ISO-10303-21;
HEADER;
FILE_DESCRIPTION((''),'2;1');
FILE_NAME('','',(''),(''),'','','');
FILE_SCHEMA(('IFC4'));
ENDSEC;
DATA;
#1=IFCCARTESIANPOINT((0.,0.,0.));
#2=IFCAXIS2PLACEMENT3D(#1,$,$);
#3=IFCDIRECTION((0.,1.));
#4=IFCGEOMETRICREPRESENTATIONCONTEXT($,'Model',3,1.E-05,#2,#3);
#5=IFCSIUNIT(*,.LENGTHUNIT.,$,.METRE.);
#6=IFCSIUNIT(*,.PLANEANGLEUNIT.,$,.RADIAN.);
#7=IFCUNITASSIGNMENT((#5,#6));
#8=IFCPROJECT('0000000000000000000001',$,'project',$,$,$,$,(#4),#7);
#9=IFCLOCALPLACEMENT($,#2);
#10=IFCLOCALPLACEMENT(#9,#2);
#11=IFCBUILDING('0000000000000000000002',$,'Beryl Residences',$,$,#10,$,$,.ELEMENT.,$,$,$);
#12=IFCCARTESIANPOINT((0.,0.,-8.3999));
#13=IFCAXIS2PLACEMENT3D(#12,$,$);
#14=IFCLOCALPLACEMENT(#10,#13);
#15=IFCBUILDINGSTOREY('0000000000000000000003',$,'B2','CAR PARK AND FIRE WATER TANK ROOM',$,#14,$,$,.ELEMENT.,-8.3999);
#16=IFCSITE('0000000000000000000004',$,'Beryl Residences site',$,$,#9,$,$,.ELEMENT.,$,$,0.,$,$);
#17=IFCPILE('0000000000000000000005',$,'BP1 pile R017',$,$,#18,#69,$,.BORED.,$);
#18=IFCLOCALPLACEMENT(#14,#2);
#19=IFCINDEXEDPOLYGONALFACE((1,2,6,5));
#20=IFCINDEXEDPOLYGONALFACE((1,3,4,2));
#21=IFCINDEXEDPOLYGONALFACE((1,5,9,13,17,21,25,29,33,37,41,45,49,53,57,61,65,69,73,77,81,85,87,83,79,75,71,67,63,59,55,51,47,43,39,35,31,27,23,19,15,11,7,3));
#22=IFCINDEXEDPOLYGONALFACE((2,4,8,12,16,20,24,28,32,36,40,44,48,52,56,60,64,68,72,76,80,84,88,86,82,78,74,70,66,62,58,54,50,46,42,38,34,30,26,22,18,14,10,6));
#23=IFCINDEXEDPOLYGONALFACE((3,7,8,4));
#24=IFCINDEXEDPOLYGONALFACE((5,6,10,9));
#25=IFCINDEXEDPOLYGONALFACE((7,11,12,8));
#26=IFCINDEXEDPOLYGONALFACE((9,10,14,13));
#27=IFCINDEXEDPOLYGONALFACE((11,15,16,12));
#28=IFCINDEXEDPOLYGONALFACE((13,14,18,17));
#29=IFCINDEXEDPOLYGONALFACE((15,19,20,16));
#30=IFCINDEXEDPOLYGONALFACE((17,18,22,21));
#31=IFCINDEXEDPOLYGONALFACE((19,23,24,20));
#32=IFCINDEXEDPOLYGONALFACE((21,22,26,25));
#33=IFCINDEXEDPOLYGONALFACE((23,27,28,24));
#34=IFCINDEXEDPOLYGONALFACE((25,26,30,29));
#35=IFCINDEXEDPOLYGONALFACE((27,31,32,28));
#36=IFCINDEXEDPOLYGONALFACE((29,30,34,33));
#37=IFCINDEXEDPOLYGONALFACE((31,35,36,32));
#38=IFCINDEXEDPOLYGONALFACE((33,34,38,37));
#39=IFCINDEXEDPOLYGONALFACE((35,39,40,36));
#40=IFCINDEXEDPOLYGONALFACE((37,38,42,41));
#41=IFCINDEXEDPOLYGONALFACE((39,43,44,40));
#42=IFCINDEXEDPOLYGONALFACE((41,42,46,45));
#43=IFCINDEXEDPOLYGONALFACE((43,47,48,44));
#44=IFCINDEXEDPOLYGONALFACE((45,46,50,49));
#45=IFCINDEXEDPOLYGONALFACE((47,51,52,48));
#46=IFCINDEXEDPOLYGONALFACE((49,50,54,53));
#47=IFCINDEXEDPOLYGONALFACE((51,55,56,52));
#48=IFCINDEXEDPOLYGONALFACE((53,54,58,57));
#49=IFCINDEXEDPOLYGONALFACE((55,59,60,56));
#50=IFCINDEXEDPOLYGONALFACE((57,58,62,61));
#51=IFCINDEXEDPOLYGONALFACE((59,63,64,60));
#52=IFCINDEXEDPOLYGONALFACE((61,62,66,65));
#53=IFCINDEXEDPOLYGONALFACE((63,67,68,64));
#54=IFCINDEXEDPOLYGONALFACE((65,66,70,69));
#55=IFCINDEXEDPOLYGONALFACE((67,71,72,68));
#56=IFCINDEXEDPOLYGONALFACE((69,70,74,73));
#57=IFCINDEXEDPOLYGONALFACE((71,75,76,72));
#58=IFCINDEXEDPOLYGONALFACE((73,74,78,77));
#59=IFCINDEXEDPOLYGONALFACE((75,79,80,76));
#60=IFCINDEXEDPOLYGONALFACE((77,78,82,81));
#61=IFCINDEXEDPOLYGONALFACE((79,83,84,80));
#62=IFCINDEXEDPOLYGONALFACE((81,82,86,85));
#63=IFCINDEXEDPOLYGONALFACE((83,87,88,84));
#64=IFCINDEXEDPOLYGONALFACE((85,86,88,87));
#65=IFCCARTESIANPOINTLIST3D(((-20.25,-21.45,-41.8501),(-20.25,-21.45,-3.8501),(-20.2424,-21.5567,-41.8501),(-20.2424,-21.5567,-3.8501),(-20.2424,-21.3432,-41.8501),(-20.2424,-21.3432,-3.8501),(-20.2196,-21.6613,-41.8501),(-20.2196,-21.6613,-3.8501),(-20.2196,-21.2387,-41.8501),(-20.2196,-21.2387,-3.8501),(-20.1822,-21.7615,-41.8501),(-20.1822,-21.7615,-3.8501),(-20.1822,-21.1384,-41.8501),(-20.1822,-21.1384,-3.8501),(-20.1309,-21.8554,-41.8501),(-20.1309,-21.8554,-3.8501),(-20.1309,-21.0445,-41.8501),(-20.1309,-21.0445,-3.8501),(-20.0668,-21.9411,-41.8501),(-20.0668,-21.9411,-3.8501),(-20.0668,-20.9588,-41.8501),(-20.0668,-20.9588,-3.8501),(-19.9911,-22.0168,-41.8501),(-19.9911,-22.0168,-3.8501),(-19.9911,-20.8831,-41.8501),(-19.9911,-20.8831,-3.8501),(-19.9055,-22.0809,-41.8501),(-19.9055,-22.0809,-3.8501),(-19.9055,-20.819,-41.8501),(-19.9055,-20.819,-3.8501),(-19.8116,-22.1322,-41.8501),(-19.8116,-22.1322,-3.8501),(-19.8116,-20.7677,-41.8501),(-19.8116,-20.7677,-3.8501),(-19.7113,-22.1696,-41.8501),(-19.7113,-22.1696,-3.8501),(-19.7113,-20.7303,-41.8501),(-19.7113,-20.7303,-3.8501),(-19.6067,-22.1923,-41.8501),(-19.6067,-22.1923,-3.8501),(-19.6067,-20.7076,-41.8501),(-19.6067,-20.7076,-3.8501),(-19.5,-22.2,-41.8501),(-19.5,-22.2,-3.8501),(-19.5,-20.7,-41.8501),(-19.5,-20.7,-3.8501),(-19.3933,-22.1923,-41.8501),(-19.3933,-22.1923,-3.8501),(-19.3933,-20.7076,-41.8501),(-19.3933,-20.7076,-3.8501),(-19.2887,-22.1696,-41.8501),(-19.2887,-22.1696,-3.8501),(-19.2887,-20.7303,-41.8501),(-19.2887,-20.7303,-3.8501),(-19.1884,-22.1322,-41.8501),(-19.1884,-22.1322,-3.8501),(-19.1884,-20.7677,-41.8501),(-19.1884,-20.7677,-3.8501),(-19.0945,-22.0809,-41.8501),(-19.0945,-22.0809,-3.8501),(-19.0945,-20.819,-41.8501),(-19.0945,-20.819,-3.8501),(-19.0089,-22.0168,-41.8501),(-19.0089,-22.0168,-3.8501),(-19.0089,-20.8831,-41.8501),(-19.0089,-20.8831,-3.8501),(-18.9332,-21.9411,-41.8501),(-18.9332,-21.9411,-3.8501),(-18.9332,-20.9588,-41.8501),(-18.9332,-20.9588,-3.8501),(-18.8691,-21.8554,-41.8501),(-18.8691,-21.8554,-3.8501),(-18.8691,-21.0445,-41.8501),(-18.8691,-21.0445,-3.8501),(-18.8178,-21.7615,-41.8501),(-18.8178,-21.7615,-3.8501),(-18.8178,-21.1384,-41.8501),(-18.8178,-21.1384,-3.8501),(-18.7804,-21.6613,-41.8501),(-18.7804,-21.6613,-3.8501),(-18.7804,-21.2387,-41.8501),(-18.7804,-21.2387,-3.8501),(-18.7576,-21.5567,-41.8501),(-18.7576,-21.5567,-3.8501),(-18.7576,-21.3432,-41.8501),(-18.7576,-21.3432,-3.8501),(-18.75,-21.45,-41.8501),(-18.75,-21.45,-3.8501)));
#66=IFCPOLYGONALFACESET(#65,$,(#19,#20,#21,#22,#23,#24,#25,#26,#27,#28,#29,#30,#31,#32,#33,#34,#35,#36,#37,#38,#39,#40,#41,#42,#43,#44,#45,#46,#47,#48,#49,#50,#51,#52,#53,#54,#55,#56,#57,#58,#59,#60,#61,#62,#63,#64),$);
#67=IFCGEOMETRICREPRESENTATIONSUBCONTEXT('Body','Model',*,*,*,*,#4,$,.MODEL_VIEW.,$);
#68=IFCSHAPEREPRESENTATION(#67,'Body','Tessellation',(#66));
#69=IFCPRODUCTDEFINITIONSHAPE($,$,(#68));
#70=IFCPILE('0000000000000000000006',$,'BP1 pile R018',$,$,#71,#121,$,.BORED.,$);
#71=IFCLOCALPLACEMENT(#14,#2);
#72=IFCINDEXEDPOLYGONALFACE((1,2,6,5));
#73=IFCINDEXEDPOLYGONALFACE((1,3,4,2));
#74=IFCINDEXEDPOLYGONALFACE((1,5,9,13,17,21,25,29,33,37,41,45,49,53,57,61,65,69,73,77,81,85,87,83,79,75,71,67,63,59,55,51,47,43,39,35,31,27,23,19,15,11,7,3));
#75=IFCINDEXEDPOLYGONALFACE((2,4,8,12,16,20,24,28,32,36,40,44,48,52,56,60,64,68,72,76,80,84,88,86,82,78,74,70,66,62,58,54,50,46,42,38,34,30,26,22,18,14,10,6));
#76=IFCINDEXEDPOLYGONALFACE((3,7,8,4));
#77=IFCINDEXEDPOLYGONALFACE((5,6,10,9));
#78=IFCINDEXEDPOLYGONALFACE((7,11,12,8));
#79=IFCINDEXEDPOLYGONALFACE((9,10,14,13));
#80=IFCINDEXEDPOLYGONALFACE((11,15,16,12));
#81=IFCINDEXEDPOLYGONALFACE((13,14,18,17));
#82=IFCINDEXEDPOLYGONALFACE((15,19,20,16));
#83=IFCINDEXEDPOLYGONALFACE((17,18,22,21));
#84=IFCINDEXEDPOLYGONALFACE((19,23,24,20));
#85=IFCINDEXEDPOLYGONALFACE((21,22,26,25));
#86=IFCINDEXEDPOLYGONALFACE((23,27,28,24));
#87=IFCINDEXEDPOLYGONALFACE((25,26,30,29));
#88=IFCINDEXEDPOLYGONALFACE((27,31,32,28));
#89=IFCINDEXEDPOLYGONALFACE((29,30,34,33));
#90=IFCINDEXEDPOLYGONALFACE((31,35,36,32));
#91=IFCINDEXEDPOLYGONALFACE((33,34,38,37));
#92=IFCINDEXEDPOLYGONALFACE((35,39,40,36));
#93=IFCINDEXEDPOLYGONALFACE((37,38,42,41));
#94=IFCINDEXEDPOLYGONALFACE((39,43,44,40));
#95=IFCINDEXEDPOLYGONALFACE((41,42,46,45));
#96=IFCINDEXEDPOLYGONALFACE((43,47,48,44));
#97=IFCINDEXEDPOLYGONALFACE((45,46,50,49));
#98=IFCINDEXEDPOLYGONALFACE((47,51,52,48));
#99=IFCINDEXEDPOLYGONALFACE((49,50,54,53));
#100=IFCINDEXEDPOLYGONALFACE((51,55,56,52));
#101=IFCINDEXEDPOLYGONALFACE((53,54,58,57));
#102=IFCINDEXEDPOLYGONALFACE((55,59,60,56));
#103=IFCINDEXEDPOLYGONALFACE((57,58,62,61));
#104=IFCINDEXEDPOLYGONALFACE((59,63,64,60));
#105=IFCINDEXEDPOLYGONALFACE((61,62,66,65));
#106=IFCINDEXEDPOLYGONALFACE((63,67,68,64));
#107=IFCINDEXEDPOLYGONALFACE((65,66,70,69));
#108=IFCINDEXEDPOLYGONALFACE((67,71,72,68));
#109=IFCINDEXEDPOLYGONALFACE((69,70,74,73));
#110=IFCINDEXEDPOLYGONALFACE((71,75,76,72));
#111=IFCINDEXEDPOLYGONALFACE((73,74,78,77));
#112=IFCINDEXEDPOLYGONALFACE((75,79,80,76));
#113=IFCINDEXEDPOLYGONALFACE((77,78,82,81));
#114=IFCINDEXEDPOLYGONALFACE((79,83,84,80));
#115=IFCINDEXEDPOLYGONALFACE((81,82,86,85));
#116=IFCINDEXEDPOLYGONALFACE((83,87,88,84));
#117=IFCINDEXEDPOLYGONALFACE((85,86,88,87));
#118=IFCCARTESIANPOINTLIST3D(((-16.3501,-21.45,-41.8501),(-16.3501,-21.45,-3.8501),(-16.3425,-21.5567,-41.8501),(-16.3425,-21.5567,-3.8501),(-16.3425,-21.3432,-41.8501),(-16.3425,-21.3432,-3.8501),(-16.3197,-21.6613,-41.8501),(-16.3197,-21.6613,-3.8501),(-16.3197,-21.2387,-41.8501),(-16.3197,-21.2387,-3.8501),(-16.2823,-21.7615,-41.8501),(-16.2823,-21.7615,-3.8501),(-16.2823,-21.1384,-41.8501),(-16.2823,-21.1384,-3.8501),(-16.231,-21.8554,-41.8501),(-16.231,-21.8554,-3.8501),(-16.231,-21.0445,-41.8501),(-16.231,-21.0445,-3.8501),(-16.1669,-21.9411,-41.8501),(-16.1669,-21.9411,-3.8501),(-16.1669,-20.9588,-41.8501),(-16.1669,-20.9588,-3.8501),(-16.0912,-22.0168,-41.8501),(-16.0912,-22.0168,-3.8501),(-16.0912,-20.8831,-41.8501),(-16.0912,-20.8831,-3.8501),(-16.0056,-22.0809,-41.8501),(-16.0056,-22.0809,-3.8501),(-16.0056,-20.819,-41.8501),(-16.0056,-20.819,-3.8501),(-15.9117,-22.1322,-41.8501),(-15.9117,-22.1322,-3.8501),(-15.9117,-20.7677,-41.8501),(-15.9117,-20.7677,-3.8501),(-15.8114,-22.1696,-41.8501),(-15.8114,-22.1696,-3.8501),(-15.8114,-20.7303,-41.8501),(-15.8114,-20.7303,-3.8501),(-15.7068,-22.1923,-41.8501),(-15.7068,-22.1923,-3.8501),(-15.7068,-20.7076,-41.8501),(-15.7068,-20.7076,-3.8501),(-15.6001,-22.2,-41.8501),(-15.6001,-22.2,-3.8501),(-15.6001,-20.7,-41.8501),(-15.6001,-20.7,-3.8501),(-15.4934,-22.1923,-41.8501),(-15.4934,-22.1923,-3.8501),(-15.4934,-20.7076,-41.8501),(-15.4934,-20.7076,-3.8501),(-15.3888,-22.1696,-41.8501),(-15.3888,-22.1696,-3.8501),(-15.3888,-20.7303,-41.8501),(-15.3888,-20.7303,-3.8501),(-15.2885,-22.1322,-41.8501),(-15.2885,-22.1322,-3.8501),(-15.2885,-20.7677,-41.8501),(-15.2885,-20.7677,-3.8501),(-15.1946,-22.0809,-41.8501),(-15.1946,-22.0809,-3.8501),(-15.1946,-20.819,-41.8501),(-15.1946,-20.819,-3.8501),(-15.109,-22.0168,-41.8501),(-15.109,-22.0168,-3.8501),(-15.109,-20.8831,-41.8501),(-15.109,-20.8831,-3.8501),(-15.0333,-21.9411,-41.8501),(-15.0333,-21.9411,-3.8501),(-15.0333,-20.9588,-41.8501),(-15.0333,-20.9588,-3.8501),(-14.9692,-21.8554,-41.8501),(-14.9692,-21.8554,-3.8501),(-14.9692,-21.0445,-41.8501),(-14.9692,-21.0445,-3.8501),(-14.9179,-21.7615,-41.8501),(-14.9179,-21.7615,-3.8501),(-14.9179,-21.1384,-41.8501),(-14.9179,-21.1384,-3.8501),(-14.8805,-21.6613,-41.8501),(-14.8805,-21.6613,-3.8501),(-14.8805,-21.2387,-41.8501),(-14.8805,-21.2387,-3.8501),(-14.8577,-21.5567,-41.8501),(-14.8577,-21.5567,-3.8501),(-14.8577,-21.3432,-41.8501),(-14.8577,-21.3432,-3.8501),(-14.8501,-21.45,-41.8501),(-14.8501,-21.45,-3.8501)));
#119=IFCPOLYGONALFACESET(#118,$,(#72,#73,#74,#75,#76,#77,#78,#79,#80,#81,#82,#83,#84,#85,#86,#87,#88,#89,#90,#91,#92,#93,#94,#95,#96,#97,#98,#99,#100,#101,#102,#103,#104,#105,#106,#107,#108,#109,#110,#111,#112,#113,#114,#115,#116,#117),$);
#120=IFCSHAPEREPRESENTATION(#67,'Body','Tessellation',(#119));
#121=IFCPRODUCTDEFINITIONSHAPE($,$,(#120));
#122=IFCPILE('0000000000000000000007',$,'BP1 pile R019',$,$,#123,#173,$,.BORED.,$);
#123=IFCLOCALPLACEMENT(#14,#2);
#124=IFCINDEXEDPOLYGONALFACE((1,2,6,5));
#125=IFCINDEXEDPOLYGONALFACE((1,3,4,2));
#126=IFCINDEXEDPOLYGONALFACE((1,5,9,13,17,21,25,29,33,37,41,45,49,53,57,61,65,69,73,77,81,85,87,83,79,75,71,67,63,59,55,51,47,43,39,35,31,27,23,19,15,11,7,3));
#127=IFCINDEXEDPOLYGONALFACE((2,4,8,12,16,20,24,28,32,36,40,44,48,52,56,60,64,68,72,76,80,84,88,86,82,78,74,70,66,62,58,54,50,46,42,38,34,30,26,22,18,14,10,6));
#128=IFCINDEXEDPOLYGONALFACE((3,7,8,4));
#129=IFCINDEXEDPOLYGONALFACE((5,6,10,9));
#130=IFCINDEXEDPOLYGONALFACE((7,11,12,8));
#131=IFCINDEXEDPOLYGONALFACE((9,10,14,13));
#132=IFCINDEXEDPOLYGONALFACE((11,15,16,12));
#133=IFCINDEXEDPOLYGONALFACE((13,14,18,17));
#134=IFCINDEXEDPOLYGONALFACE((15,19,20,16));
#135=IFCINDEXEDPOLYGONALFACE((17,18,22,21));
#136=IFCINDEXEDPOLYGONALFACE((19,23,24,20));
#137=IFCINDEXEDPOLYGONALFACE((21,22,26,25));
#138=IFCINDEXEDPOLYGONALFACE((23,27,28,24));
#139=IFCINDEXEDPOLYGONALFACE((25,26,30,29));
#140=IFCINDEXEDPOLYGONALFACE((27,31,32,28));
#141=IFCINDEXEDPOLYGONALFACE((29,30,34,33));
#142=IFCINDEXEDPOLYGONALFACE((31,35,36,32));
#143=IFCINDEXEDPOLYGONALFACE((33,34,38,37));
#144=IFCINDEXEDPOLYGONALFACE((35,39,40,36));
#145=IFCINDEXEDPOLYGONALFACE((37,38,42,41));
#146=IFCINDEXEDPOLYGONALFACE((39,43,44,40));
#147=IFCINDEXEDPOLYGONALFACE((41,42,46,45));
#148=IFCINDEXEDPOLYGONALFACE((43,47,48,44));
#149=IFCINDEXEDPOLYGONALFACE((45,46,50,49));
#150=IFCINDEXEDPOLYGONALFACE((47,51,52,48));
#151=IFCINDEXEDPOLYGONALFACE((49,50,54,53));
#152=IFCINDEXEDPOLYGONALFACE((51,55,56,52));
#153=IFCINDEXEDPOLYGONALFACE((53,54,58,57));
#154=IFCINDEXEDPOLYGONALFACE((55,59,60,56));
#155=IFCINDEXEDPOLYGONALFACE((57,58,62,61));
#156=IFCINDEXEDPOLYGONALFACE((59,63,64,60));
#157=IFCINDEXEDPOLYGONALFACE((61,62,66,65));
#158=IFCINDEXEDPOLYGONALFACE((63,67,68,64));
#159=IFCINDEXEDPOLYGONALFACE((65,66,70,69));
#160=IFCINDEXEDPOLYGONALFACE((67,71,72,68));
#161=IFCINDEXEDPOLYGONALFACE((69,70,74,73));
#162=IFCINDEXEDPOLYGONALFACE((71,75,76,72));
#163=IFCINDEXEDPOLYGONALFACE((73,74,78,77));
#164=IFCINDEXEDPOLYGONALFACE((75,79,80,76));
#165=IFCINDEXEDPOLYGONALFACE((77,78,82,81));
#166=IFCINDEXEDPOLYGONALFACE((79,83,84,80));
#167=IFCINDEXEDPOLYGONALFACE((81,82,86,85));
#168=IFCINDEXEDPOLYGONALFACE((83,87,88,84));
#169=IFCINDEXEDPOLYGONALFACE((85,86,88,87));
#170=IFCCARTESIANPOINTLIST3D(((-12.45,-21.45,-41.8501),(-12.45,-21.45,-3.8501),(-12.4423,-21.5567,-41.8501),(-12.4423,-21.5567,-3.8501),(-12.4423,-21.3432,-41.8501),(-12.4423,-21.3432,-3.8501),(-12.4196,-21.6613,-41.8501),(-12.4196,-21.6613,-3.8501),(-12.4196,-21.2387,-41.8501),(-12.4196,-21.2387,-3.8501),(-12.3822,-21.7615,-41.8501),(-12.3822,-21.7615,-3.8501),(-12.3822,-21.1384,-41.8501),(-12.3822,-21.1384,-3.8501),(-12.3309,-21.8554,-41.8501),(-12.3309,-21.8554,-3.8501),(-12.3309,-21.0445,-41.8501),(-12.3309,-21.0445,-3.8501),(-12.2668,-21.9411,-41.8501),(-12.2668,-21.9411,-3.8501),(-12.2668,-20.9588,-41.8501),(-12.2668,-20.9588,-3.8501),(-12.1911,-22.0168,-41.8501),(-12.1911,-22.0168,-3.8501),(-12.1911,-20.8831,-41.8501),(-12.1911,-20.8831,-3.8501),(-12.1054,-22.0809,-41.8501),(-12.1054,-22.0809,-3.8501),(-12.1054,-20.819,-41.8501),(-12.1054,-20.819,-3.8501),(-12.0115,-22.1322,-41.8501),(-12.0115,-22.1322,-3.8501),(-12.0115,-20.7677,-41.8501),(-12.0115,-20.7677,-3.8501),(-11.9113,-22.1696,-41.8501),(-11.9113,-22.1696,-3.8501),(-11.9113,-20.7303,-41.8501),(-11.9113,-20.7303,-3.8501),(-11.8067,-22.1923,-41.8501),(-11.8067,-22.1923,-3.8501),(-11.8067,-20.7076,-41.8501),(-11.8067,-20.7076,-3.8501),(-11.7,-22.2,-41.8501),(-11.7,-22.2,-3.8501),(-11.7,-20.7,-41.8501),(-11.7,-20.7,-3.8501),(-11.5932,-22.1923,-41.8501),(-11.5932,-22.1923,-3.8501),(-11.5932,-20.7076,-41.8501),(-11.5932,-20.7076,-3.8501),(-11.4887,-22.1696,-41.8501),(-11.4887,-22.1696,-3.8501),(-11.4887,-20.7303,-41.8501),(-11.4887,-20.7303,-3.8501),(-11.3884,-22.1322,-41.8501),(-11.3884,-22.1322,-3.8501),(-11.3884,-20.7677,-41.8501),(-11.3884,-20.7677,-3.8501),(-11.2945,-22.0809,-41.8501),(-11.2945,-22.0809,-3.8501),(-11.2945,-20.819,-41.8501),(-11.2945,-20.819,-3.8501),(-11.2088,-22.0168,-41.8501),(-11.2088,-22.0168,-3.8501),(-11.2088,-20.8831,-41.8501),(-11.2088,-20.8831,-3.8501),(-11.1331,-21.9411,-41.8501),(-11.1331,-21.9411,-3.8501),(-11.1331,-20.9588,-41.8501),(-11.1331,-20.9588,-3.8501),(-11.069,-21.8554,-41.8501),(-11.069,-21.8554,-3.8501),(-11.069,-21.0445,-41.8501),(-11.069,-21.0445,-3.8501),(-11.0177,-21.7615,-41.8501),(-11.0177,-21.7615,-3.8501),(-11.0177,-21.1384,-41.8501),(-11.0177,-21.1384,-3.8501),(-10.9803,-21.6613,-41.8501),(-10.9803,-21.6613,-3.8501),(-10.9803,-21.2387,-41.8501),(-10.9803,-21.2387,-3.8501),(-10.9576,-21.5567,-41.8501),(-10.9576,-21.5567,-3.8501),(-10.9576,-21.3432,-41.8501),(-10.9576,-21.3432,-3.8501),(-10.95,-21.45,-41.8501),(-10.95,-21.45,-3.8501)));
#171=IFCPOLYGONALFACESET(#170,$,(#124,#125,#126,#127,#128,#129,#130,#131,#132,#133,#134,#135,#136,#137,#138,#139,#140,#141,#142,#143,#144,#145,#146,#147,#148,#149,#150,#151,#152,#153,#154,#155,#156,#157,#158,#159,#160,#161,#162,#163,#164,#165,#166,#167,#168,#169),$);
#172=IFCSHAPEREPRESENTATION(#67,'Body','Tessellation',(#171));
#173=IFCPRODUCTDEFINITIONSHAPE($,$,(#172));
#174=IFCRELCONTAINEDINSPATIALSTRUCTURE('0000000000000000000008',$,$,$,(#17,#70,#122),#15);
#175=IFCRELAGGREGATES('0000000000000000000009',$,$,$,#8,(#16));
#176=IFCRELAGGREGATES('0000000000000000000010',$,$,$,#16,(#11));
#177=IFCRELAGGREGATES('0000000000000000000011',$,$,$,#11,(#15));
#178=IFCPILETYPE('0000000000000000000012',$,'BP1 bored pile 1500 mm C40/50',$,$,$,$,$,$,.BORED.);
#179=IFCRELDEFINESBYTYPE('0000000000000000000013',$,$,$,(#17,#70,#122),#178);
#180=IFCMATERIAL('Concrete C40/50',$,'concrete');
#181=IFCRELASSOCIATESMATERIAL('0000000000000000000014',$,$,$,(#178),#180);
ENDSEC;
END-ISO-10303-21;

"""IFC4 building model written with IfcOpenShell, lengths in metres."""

from ifc_helpers import new_model, si_unit, direction, frame, origin, origin_2d, place, context, subcontext, project, spatial, circle, extrude, material, material_profile, profile_set, type_object, element, save


model = new_model("IFC4")

# Units and contexts
model_context = context("Model", 3, precision=1e-05, world=origin(), true_north=direction((0.0, 1.0)))
body_context = subcontext(model_context, "Body", "Model", "MODEL_VIEW")
ifc_project = project(units=[si_unit("LENGTHUNIT", "METRE"), si_unit("PLANEANGLEUNIT", "RADIAN")], contexts=[model_context])

# Site, building, storey
site_placement = place(None, origin())
site = spatial("IfcSite", under=ifc_project, at=site_placement, Name="Beryl Residences site", CompositionType="ELEMENT", RefElevation=0.0)
building_placement = place(site_placement, origin())
building = spatial("IfcBuilding", under=site, at=building_placement, Name="Beryl Residences", CompositionType="ELEMENT")
storey_placement = place(building_placement, frame((0.0, 0.0, -8.3999)))
storey = spatial("IfcBuildingStorey", under=building, at=storey_placement, Name="B2", Description="CAR PARK AND FIRE WATER TANK ROOM", CompositionType="ELEMENT", Elevation=-8.3999)

# Piles
ifc_material_1 = material(Name="Concrete C40/50", Category="concrete")
ifc_material_profile_1 = material_profile(ifc_material_1, circle(Radius=0.75, at=origin_2d()))
ifc_profile_set_1 = profile_set([ifc_material_profile_1], Name="Concrete C40/50")
pile_type_1 = type_object("IfcPileType", Name="BP1 bored pile 1500 mm C40/50", PredefinedType="BORED", material=ifc_profile_set_1)
for number, where, z_axis, x_axis, name in (
    (1, (-19.5, -21.45, -3.8501), (0.0, 0.0, -1.0), (1.0, 0.0, 0.0), "BP1 pile R017"),
    (2, (-15.6001, -21.45, -3.8501), (0.0, 0.0, -1.0), (1.0, 0.0, 0.0), "BP1 pile R018"),
    (3, (-11.7, -21.45, -3.8501), (0.0, 0.0, -1.0), (1.0, 0.0, 0.0), "BP1 pile R019"),
):
    element("IfcPile", number, at=place(storey_placement, frame(where, z_axis=z_axis, x_axis=x_axis)), inside=storey, type_object=pile_type_1, Name=name, PredefinedType="BORED", context=body_context, shape_type="SweptSolid", body=[
        extrude(circle(Radius=0.75, at=origin_2d()), origin(), (0.0, 0.0, 1.0), 38.0),
    ])

save(model, "model.ifc")
